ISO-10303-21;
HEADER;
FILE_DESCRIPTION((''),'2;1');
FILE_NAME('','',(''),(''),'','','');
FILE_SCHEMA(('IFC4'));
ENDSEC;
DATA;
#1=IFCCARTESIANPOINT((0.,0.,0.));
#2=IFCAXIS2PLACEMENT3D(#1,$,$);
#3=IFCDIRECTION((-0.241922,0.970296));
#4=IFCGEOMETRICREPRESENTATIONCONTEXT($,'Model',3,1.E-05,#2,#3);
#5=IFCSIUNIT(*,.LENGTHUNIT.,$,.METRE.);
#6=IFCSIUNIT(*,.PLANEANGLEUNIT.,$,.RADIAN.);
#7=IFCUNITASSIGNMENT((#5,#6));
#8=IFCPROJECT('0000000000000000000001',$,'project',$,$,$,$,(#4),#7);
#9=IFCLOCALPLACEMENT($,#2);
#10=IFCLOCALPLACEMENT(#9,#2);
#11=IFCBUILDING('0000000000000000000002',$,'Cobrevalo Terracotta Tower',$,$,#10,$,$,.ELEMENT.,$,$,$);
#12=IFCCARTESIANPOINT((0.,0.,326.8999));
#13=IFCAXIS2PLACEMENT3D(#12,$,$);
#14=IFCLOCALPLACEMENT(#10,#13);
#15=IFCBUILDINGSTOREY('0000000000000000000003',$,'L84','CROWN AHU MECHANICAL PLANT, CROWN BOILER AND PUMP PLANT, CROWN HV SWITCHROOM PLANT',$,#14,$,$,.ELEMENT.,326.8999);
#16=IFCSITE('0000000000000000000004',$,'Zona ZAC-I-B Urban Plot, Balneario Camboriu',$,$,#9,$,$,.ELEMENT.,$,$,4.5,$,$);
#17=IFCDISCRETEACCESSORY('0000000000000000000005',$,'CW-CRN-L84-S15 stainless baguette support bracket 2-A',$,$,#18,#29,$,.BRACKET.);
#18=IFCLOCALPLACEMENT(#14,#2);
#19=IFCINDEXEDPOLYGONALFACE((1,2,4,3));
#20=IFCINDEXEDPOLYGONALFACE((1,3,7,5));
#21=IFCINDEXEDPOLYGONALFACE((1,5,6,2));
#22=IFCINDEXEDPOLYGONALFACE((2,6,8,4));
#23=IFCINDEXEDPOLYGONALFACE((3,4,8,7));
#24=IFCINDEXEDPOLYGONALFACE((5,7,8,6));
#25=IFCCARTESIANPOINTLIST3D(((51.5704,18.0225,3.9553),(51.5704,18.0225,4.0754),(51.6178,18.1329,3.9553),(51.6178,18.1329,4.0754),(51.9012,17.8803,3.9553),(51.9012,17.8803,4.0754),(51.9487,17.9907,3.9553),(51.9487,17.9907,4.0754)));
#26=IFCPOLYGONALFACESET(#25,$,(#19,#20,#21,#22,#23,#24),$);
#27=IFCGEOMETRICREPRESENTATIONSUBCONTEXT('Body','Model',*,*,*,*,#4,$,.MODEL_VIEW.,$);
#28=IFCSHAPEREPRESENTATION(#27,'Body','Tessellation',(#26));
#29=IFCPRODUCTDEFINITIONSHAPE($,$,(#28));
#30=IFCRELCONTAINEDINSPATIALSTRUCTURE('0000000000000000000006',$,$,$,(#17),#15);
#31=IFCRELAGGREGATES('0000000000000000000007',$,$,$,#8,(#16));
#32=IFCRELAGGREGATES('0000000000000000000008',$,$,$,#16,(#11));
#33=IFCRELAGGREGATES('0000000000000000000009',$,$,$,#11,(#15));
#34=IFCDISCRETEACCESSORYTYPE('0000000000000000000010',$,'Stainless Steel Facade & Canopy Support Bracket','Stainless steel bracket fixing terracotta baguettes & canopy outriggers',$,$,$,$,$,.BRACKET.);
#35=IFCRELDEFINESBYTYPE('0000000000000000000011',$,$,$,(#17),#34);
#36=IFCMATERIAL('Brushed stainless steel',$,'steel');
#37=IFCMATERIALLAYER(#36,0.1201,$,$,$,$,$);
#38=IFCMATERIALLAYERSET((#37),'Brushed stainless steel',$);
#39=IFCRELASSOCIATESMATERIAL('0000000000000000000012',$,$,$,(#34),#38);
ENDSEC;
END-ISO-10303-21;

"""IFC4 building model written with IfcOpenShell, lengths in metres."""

from ifc_helpers import new_model, si_unit, direction, frame, origin, origin_2d, place, context, subcontext, project, spatial, rectangle, extrude, source, transform, mapped, material, layer, layer_set, type_object, element, save


model = new_model("IFC4")

# Units and contexts
model_context = context("Model", 3, precision=1e-05, world=origin(), true_north=direction((-0.241922, 0.970296)))
body_context = subcontext(model_context, "Body", "Model", "MODEL_VIEW")
ifc_project = project(units=[si_unit("LENGTHUNIT", "METRE"), si_unit("PLANEANGLEUNIT", "RADIAN")], contexts=[model_context])

# Site, building, storey
site_placement = place(None, origin())
site = spatial("IfcSite", under=ifc_project, at=site_placement, Name="Zona ZAC-I-B Urban Plot, Balneario Camboriu", CompositionType="ELEMENT", RefElevation=4.5)
building_placement = place(site_placement, origin())
building = spatial("IfcBuilding", under=site, at=building_placement, Name="Cobrevalo Terracotta Tower", CompositionType="ELEMENT")
storey_placement = place(building_placement, frame((0.0, 0.0, 326.8999)))
storey = spatial("IfcBuildingStorey", under=building, at=storey_placement, Name="L84", Description="CROWN AHU MECHANICAL PLANT, CROWN BOILER AND PUMP PLANT, CROWN HV SWITCHROOM PLANT", CompositionType="ELEMENT", Elevation=326.8999)

# Discrete accessory
ifc_material_1 = material(Name="Brushed stainless steel", Category="steel")
ifc_layer_1 = layer(ifc_material_1, 0.1201)
ifc_layer_set_1 = layer_set([ifc_layer_1], Name="Brushed stainless steel")
discrete_accessory_type = type_object("IfcDiscreteAccessoryType", Name="Stainless Steel Facade & Canopy Support Bracket", Description="Stainless steel bracket fixing terracotta baguettes & canopy outriggers", PredefinedType="BRACKET", material=ifc_layer_set_1)
shared_shape_1 = source(origin(), body_context, "Body", "SweptSolid", [
    extrude(rectangle(XDim=0.1201, YDim=0.3601, at=origin_2d()), origin(), (0.0, 0.0, 1.0), 0.1201),
])
for number, where, z_axis, x_axis, name in (
    (1, (51.7595, 18.0066, 3.9553), (0.0, 0.0, 1.0), (0.39496, 0.918698, 0.0), "CW-CRN-L84-S15 stainless baguette support bracket 2-A"),
):
    element("IfcDiscreteAccessory", number, at=place(storey_placement, frame(where, z_axis=z_axis, x_axis=x_axis)), inside=storey, type_object=discrete_accessory_type, Name=name, PredefinedType="BRACKET", context=body_context, shape_type="MappedRepresentation", body=[
        mapped(shared_shape_1, transform((0.0, 0.0, 0.0), scale=1.0)),
    ])

save(model, "model.ifc")
